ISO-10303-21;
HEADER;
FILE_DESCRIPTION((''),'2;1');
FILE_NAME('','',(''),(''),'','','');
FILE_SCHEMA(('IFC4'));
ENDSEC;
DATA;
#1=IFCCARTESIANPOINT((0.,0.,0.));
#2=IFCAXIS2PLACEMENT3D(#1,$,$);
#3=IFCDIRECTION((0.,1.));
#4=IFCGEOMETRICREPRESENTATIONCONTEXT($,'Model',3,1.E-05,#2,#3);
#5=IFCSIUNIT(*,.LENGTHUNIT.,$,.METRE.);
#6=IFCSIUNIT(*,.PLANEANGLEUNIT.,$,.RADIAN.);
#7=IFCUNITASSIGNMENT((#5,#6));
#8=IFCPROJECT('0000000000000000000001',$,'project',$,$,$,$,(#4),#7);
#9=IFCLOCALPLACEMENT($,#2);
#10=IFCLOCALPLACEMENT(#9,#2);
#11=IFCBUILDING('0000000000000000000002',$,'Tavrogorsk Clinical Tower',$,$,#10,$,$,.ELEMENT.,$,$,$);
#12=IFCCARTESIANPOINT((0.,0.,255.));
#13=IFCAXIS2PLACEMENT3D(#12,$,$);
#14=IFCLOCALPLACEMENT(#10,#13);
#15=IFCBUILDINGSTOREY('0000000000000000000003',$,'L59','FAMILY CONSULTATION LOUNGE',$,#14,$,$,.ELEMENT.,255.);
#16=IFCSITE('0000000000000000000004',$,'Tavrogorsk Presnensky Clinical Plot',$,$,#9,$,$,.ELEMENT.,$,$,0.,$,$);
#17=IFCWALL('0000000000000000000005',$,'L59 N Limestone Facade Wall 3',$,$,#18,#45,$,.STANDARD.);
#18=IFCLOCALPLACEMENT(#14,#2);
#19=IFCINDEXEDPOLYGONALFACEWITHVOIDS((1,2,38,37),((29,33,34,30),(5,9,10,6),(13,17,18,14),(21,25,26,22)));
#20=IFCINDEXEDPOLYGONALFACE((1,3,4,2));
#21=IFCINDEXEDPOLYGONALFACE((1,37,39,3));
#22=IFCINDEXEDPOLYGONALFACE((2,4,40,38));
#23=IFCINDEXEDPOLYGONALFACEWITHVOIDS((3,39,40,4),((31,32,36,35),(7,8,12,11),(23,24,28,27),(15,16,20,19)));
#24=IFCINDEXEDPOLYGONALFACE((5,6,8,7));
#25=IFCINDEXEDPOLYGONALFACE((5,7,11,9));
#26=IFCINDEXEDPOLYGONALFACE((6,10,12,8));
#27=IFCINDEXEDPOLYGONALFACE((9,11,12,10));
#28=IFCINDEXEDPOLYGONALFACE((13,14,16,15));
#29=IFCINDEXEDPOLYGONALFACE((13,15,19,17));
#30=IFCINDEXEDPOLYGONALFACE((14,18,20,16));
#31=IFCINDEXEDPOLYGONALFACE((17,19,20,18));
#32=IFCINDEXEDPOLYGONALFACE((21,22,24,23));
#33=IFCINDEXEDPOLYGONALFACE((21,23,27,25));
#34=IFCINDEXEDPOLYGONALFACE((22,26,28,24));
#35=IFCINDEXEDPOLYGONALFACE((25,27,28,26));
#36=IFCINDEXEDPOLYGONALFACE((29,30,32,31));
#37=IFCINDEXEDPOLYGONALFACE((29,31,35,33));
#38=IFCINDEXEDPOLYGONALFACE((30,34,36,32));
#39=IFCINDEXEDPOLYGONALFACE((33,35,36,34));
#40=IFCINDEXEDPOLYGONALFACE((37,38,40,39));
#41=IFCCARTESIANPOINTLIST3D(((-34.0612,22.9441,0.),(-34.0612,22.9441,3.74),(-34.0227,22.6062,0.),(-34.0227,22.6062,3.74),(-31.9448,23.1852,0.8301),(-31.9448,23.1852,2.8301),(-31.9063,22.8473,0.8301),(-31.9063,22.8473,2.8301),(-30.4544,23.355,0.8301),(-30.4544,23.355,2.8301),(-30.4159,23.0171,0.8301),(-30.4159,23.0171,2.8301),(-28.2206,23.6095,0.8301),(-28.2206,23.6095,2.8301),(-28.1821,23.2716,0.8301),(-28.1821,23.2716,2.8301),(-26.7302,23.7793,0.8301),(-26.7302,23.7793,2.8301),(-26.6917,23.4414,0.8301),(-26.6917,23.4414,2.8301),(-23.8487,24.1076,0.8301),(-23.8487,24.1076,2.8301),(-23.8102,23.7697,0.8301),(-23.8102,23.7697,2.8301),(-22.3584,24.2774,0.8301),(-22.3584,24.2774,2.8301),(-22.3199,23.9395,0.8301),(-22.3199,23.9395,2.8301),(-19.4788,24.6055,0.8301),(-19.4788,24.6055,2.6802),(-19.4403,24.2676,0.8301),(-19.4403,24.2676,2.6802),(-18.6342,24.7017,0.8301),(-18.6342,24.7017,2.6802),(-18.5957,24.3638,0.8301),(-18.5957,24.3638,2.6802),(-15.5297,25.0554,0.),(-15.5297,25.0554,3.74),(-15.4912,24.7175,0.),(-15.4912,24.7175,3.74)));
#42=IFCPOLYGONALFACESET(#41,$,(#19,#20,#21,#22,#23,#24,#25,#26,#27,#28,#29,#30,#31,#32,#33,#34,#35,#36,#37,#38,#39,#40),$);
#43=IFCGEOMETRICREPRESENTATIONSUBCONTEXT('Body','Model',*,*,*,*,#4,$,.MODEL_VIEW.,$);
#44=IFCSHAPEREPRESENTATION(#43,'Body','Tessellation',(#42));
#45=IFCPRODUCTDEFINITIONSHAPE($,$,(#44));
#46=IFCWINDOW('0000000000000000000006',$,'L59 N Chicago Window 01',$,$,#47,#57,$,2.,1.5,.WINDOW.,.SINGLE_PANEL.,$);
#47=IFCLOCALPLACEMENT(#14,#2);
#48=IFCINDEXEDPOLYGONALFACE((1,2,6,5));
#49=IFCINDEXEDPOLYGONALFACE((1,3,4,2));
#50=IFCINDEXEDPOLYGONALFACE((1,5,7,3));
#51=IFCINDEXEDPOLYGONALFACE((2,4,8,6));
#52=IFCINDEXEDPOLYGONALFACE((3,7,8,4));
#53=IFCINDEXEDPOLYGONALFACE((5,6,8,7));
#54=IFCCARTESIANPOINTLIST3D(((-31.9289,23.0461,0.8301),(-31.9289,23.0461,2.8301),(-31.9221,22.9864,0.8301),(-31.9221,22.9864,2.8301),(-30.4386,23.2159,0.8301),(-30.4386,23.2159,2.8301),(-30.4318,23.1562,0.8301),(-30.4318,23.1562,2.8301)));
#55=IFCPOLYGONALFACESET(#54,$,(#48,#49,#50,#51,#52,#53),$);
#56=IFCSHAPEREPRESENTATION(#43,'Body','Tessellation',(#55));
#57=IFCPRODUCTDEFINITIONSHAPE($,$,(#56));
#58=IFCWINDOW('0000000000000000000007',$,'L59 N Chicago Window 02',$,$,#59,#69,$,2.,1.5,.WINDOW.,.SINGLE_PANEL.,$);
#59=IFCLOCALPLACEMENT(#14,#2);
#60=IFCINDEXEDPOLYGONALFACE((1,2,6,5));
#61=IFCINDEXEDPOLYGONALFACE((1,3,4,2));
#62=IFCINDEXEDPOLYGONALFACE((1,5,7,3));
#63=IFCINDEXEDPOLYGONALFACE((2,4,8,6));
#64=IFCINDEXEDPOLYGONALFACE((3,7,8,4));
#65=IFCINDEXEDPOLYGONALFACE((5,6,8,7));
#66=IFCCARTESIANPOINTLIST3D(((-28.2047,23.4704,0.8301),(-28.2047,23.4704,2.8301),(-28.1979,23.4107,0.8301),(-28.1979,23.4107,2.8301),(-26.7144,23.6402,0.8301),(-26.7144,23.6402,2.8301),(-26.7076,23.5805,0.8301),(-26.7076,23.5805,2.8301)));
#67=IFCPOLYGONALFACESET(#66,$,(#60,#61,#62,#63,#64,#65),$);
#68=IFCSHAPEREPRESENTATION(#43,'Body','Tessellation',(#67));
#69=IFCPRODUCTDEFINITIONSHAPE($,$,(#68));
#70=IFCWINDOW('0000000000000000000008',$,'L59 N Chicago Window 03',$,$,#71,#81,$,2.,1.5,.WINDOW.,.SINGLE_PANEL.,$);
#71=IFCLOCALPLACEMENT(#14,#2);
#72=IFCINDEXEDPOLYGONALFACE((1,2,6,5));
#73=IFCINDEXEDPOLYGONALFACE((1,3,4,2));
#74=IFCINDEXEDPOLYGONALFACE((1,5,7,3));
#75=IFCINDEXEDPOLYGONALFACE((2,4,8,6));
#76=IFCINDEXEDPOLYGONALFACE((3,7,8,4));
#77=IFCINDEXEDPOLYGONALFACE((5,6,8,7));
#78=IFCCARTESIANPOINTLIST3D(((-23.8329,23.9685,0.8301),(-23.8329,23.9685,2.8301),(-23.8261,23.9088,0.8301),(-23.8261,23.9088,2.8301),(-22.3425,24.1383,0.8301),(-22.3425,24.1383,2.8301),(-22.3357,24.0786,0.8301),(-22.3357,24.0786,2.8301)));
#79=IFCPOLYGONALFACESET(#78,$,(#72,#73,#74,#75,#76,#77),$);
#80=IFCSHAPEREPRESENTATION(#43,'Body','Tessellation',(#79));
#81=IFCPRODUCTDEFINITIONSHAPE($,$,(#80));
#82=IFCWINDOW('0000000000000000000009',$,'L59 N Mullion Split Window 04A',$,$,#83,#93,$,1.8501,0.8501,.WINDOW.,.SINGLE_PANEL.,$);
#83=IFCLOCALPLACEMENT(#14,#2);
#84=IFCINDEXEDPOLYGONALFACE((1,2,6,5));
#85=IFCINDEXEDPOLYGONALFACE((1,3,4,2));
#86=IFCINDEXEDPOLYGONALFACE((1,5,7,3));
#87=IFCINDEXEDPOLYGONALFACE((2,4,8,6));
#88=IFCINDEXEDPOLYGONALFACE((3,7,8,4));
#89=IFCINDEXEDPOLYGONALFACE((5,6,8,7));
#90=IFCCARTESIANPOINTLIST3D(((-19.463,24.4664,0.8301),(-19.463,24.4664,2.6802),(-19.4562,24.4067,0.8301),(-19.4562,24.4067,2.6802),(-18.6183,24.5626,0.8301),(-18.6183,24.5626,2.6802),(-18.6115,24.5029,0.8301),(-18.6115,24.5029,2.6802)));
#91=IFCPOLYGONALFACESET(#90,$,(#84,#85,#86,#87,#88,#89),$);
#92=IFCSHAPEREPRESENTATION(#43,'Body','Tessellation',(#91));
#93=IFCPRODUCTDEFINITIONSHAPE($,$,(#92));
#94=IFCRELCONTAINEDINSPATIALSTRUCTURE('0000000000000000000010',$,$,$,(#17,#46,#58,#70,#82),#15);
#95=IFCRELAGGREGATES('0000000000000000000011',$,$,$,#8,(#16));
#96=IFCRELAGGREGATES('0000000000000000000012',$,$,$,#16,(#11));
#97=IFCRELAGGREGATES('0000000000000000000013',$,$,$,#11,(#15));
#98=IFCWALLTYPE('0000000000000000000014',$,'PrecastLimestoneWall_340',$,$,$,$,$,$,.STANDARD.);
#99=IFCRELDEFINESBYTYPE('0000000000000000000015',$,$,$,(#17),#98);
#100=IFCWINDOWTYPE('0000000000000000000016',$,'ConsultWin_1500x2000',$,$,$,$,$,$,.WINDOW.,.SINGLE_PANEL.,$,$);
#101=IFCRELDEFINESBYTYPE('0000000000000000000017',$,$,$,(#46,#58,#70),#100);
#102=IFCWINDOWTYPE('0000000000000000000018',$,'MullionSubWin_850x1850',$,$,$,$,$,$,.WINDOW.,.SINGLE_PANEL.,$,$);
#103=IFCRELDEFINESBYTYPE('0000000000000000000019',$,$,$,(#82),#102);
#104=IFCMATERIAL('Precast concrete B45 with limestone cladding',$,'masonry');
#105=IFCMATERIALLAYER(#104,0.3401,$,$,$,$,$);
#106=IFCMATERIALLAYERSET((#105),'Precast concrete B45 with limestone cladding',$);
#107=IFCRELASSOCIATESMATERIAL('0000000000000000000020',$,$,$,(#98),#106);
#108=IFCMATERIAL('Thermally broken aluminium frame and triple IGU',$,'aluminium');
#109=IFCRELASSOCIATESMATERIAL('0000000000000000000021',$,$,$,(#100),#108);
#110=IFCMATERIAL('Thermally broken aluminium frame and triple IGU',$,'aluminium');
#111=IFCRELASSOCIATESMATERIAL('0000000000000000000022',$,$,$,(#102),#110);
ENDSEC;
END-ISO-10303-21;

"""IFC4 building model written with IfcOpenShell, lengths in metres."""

from ifc_helpers import new_model, si_unit, direction, frame, frame_2d, origin, place, context, subcontext, project, spatial, rectangle, extrude, material, layer, layer_set, type_object, element, fill, save


model = new_model("IFC4")

# Units and contexts
model_context = context("Model", 3, precision=1e-05, world=origin(), true_north=direction((0.0, 1.0)))
body_context = subcontext(model_context, "Body", "Model", "MODEL_VIEW")
ifc_project = project(units=[si_unit("LENGTHUNIT", "METRE"), si_unit("PLANEANGLEUNIT", "RADIAN")], contexts=[model_context])

# Site, building, storey
site_placement = place(None, origin())
site = spatial("IfcSite", under=ifc_project, at=site_placement, Name="Tavrogorsk Presnensky Clinical Plot", CompositionType="ELEMENT", RefElevation=0.0)
building_placement = place(site_placement, origin())
building = spatial("IfcBuilding", under=site, at=building_placement, Name="Tavrogorsk Clinical Tower", CompositionType="ELEMENT")
storey_placement = place(building_placement, frame((0.0, 0.0, 255.0)))
storey = spatial("IfcBuildingStorey", under=building, at=storey_placement, Name="L59", Description="FAMILY CONSULTATION LOUNGE", CompositionType="ELEMENT", Elevation=255.0)

# Wall, openings, windows
ifc_material_1 = material(Name="Precast concrete B45 with limestone cladding", Category="masonry")
ifc_layer_1 = layer(ifc_material_1, 0.3401)
ifc_layer_set_1 = layer_set([ifc_layer_1], Name="Precast concrete B45 with limestone cladding")
wall_type_1 = type_object("IfcWallType", Name="PrecastLimestoneWall_340", PredefinedType="STANDARD", material=ifc_layer_set_1)
wall_1_placement = place(storey_placement, frame((-15.5105, 24.8865, 0.0), z_axis=(0.0, 0.0, 1.0), x_axis=(-0.993572, -0.1132, 0.0)))
wall_1 = element("IfcWall", 1, at=wall_1_placement, inside=storey, type_object=wall_type_1, Name="L59 N Limestone Facade Wall 3", PredefinedType="STANDARD", context=body_context, shape_type="SweptSolid", body=[
    extrude(rectangle(XDim=18.6514, YDim=0.3401, at=frame_2d((9.3257, 0.0))), origin(), (0.0, 0.0, 1.0), 3.74),
])
opening_1_placement = place(wall_1_placement, frame((15.0212, 0.0, 0.8301)))
opening_1 = element("IfcOpeningElement", 2, at=opening_1_placement, cuts=wall_1, PredefinedType="OPENING", context=body_context, shape_type="SweptSolid", body=[
    extrude(rectangle(XDim=1.5, YDim=2.0, at=frame_2d((0.75, 1.0))), frame((0.0, 0.1799, 0.0), z_axis=(0.0, -1.0, 0.0), x_axis=(1.0, 0.0, 0.0)), (0.0, 0.0, 1.0), 0.3601),
])
opening_2_placement = place(wall_1_placement, frame((11.2729, 0.0, 0.8301)))
opening_2 = element("IfcOpeningElement", 3, at=opening_2_placement, cuts=wall_1, PredefinedType="OPENING", context=body_context, shape_type="SweptSolid", body=[
    extrude(rectangle(XDim=1.5, YDim=2.0, at=frame_2d((0.75, 1.0))), frame((0.0, 0.1799, 0.0), z_axis=(0.0, -1.0, 0.0), x_axis=(1.0, 0.0, 0.0)), (0.0, 0.0, 1.0), 0.3601),
])
opening_3_placement = place(wall_1_placement, frame((6.8728, 0.0, 0.8301)))
opening_3 = element("IfcOpeningElement", 4, at=opening_3_placement, cuts=wall_1, PredefinedType="OPENING", context=body_context, shape_type="SweptSolid", body=[
    extrude(rectangle(XDim=1.5, YDim=2.0, at=frame_2d((0.75, 1.0))), frame((0.0, 0.1799, 0.0), z_axis=(0.0, -1.0, 0.0), x_axis=(1.0, 0.0, 0.0)), (0.0, 0.0, 1.0), 0.3601),
])
opening_4_placement = place(wall_1_placement, frame((3.1245, 0.0, 0.8301)))
opening_4 = element("IfcOpeningElement", 5, at=opening_4_placement, cuts=wall_1, PredefinedType="OPENING", context=body_context, shape_type="SweptSolid", body=[
    extrude(rectangle(XDim=0.8501, YDim=1.8501, at=frame_2d((0.425, 0.925))), frame((0.0, 0.1799, 0.0), z_axis=(0.0, -1.0, 0.0), x_axis=(1.0, 0.0, 0.0)), (0.0, 0.0, 1.0), 0.3601),
])
ifc_material_2 = material(Name="Thermally broken aluminium frame and triple IGU", Category="aluminium")
window_type_1 = type_object("IfcWindowType", Name="ConsultWin_1500x2000", PartitioningType="SINGLE_PANEL", PredefinedType="WINDOW", material=ifc_material_2)
window_1_placement = place(opening_1_placement, origin())
window_1 = element("IfcWindow", 6, at=window_1_placement, inside=storey, type_object=window_type_1, Name="L59 N Chicago Window 01", OverallHeight=2.0, OverallWidth=1.5, PartitioningType="SINGLE_PANEL", PredefinedType="WINDOW", context=body_context, shape_type="SweptSolid", body=[
    extrude(rectangle(XDim=1.5, YDim=2.0, at=frame_2d((0.75, 1.0))), frame((0.0, 0.03, 0.0), z_axis=(0.0, -1.0, 0.0), x_axis=(1.0, 0.0, 0.0)), (0.0, 0.0, 1.0), 0.0601),
])
fill(opening_1, window_1)
window_2_placement = place(opening_2_placement, origin())
window_2 = element("IfcWindow", 7, at=window_2_placement, inside=storey, type_object=window_type_1, Name="L59 N Chicago Window 02", OverallHeight=2.0, OverallWidth=1.5, PartitioningType="SINGLE_PANEL", PredefinedType="WINDOW", context=body_context, shape_type="SweptSolid", body=[
    extrude(rectangle(XDim=1.5, YDim=2.0, at=frame_2d((0.75, 1.0))), frame((0.0, 0.03, 0.0), z_axis=(0.0, -1.0, 0.0), x_axis=(1.0, 0.0, 0.0)), (0.0, 0.0, 1.0), 0.0601),
])
fill(opening_2, window_2)
window_3_placement = place(opening_3_placement, origin())
window_3 = element("IfcWindow", 8, at=window_3_placement, inside=storey, type_object=window_type_1, Name="L59 N Chicago Window 03", OverallHeight=2.0, OverallWidth=1.5, PartitioningType="SINGLE_PANEL", PredefinedType="WINDOW", context=body_context, shape_type="SweptSolid", body=[
    extrude(rectangle(XDim=1.5, YDim=2.0, at=frame_2d((0.75, 1.0))), frame((0.0, 0.03, 0.0), z_axis=(0.0, -1.0, 0.0), x_axis=(1.0, 0.0, 0.0)), (0.0, 0.0, 1.0), 0.0601),
])
fill(opening_3, window_3)
ifc_material_3 = material(Name="Thermally broken aluminium frame and triple IGU", Category="aluminium")
window_type_2 = type_object("IfcWindowType", Name="MullionSubWin_850x1850", PartitioningType="SINGLE_PANEL", PredefinedType="WINDOW", material=ifc_material_3)
window_4_placement = place(opening_4_placement, origin())
window_4 = element("IfcWindow", 9, at=window_4_placement, inside=storey, type_object=window_type_2, Name="L59 N Mullion Split Window 04A", OverallHeight=1.8501, OverallWidth=0.8501, PartitioningType="SINGLE_PANEL", PredefinedType="WINDOW", context=body_context, shape_type="SweptSolid", body=[
    extrude(rectangle(XDim=0.8501, YDim=1.8501, at=frame_2d((0.425, 0.925))), frame((0.0, 0.03, 0.0), z_axis=(0.0, -1.0, 0.0), x_axis=(1.0, 0.0, 0.0)), (0.0, 0.0, 1.0), 0.0601),
])
fill(opening_4, window_4)

save(model, "model.ifc")
